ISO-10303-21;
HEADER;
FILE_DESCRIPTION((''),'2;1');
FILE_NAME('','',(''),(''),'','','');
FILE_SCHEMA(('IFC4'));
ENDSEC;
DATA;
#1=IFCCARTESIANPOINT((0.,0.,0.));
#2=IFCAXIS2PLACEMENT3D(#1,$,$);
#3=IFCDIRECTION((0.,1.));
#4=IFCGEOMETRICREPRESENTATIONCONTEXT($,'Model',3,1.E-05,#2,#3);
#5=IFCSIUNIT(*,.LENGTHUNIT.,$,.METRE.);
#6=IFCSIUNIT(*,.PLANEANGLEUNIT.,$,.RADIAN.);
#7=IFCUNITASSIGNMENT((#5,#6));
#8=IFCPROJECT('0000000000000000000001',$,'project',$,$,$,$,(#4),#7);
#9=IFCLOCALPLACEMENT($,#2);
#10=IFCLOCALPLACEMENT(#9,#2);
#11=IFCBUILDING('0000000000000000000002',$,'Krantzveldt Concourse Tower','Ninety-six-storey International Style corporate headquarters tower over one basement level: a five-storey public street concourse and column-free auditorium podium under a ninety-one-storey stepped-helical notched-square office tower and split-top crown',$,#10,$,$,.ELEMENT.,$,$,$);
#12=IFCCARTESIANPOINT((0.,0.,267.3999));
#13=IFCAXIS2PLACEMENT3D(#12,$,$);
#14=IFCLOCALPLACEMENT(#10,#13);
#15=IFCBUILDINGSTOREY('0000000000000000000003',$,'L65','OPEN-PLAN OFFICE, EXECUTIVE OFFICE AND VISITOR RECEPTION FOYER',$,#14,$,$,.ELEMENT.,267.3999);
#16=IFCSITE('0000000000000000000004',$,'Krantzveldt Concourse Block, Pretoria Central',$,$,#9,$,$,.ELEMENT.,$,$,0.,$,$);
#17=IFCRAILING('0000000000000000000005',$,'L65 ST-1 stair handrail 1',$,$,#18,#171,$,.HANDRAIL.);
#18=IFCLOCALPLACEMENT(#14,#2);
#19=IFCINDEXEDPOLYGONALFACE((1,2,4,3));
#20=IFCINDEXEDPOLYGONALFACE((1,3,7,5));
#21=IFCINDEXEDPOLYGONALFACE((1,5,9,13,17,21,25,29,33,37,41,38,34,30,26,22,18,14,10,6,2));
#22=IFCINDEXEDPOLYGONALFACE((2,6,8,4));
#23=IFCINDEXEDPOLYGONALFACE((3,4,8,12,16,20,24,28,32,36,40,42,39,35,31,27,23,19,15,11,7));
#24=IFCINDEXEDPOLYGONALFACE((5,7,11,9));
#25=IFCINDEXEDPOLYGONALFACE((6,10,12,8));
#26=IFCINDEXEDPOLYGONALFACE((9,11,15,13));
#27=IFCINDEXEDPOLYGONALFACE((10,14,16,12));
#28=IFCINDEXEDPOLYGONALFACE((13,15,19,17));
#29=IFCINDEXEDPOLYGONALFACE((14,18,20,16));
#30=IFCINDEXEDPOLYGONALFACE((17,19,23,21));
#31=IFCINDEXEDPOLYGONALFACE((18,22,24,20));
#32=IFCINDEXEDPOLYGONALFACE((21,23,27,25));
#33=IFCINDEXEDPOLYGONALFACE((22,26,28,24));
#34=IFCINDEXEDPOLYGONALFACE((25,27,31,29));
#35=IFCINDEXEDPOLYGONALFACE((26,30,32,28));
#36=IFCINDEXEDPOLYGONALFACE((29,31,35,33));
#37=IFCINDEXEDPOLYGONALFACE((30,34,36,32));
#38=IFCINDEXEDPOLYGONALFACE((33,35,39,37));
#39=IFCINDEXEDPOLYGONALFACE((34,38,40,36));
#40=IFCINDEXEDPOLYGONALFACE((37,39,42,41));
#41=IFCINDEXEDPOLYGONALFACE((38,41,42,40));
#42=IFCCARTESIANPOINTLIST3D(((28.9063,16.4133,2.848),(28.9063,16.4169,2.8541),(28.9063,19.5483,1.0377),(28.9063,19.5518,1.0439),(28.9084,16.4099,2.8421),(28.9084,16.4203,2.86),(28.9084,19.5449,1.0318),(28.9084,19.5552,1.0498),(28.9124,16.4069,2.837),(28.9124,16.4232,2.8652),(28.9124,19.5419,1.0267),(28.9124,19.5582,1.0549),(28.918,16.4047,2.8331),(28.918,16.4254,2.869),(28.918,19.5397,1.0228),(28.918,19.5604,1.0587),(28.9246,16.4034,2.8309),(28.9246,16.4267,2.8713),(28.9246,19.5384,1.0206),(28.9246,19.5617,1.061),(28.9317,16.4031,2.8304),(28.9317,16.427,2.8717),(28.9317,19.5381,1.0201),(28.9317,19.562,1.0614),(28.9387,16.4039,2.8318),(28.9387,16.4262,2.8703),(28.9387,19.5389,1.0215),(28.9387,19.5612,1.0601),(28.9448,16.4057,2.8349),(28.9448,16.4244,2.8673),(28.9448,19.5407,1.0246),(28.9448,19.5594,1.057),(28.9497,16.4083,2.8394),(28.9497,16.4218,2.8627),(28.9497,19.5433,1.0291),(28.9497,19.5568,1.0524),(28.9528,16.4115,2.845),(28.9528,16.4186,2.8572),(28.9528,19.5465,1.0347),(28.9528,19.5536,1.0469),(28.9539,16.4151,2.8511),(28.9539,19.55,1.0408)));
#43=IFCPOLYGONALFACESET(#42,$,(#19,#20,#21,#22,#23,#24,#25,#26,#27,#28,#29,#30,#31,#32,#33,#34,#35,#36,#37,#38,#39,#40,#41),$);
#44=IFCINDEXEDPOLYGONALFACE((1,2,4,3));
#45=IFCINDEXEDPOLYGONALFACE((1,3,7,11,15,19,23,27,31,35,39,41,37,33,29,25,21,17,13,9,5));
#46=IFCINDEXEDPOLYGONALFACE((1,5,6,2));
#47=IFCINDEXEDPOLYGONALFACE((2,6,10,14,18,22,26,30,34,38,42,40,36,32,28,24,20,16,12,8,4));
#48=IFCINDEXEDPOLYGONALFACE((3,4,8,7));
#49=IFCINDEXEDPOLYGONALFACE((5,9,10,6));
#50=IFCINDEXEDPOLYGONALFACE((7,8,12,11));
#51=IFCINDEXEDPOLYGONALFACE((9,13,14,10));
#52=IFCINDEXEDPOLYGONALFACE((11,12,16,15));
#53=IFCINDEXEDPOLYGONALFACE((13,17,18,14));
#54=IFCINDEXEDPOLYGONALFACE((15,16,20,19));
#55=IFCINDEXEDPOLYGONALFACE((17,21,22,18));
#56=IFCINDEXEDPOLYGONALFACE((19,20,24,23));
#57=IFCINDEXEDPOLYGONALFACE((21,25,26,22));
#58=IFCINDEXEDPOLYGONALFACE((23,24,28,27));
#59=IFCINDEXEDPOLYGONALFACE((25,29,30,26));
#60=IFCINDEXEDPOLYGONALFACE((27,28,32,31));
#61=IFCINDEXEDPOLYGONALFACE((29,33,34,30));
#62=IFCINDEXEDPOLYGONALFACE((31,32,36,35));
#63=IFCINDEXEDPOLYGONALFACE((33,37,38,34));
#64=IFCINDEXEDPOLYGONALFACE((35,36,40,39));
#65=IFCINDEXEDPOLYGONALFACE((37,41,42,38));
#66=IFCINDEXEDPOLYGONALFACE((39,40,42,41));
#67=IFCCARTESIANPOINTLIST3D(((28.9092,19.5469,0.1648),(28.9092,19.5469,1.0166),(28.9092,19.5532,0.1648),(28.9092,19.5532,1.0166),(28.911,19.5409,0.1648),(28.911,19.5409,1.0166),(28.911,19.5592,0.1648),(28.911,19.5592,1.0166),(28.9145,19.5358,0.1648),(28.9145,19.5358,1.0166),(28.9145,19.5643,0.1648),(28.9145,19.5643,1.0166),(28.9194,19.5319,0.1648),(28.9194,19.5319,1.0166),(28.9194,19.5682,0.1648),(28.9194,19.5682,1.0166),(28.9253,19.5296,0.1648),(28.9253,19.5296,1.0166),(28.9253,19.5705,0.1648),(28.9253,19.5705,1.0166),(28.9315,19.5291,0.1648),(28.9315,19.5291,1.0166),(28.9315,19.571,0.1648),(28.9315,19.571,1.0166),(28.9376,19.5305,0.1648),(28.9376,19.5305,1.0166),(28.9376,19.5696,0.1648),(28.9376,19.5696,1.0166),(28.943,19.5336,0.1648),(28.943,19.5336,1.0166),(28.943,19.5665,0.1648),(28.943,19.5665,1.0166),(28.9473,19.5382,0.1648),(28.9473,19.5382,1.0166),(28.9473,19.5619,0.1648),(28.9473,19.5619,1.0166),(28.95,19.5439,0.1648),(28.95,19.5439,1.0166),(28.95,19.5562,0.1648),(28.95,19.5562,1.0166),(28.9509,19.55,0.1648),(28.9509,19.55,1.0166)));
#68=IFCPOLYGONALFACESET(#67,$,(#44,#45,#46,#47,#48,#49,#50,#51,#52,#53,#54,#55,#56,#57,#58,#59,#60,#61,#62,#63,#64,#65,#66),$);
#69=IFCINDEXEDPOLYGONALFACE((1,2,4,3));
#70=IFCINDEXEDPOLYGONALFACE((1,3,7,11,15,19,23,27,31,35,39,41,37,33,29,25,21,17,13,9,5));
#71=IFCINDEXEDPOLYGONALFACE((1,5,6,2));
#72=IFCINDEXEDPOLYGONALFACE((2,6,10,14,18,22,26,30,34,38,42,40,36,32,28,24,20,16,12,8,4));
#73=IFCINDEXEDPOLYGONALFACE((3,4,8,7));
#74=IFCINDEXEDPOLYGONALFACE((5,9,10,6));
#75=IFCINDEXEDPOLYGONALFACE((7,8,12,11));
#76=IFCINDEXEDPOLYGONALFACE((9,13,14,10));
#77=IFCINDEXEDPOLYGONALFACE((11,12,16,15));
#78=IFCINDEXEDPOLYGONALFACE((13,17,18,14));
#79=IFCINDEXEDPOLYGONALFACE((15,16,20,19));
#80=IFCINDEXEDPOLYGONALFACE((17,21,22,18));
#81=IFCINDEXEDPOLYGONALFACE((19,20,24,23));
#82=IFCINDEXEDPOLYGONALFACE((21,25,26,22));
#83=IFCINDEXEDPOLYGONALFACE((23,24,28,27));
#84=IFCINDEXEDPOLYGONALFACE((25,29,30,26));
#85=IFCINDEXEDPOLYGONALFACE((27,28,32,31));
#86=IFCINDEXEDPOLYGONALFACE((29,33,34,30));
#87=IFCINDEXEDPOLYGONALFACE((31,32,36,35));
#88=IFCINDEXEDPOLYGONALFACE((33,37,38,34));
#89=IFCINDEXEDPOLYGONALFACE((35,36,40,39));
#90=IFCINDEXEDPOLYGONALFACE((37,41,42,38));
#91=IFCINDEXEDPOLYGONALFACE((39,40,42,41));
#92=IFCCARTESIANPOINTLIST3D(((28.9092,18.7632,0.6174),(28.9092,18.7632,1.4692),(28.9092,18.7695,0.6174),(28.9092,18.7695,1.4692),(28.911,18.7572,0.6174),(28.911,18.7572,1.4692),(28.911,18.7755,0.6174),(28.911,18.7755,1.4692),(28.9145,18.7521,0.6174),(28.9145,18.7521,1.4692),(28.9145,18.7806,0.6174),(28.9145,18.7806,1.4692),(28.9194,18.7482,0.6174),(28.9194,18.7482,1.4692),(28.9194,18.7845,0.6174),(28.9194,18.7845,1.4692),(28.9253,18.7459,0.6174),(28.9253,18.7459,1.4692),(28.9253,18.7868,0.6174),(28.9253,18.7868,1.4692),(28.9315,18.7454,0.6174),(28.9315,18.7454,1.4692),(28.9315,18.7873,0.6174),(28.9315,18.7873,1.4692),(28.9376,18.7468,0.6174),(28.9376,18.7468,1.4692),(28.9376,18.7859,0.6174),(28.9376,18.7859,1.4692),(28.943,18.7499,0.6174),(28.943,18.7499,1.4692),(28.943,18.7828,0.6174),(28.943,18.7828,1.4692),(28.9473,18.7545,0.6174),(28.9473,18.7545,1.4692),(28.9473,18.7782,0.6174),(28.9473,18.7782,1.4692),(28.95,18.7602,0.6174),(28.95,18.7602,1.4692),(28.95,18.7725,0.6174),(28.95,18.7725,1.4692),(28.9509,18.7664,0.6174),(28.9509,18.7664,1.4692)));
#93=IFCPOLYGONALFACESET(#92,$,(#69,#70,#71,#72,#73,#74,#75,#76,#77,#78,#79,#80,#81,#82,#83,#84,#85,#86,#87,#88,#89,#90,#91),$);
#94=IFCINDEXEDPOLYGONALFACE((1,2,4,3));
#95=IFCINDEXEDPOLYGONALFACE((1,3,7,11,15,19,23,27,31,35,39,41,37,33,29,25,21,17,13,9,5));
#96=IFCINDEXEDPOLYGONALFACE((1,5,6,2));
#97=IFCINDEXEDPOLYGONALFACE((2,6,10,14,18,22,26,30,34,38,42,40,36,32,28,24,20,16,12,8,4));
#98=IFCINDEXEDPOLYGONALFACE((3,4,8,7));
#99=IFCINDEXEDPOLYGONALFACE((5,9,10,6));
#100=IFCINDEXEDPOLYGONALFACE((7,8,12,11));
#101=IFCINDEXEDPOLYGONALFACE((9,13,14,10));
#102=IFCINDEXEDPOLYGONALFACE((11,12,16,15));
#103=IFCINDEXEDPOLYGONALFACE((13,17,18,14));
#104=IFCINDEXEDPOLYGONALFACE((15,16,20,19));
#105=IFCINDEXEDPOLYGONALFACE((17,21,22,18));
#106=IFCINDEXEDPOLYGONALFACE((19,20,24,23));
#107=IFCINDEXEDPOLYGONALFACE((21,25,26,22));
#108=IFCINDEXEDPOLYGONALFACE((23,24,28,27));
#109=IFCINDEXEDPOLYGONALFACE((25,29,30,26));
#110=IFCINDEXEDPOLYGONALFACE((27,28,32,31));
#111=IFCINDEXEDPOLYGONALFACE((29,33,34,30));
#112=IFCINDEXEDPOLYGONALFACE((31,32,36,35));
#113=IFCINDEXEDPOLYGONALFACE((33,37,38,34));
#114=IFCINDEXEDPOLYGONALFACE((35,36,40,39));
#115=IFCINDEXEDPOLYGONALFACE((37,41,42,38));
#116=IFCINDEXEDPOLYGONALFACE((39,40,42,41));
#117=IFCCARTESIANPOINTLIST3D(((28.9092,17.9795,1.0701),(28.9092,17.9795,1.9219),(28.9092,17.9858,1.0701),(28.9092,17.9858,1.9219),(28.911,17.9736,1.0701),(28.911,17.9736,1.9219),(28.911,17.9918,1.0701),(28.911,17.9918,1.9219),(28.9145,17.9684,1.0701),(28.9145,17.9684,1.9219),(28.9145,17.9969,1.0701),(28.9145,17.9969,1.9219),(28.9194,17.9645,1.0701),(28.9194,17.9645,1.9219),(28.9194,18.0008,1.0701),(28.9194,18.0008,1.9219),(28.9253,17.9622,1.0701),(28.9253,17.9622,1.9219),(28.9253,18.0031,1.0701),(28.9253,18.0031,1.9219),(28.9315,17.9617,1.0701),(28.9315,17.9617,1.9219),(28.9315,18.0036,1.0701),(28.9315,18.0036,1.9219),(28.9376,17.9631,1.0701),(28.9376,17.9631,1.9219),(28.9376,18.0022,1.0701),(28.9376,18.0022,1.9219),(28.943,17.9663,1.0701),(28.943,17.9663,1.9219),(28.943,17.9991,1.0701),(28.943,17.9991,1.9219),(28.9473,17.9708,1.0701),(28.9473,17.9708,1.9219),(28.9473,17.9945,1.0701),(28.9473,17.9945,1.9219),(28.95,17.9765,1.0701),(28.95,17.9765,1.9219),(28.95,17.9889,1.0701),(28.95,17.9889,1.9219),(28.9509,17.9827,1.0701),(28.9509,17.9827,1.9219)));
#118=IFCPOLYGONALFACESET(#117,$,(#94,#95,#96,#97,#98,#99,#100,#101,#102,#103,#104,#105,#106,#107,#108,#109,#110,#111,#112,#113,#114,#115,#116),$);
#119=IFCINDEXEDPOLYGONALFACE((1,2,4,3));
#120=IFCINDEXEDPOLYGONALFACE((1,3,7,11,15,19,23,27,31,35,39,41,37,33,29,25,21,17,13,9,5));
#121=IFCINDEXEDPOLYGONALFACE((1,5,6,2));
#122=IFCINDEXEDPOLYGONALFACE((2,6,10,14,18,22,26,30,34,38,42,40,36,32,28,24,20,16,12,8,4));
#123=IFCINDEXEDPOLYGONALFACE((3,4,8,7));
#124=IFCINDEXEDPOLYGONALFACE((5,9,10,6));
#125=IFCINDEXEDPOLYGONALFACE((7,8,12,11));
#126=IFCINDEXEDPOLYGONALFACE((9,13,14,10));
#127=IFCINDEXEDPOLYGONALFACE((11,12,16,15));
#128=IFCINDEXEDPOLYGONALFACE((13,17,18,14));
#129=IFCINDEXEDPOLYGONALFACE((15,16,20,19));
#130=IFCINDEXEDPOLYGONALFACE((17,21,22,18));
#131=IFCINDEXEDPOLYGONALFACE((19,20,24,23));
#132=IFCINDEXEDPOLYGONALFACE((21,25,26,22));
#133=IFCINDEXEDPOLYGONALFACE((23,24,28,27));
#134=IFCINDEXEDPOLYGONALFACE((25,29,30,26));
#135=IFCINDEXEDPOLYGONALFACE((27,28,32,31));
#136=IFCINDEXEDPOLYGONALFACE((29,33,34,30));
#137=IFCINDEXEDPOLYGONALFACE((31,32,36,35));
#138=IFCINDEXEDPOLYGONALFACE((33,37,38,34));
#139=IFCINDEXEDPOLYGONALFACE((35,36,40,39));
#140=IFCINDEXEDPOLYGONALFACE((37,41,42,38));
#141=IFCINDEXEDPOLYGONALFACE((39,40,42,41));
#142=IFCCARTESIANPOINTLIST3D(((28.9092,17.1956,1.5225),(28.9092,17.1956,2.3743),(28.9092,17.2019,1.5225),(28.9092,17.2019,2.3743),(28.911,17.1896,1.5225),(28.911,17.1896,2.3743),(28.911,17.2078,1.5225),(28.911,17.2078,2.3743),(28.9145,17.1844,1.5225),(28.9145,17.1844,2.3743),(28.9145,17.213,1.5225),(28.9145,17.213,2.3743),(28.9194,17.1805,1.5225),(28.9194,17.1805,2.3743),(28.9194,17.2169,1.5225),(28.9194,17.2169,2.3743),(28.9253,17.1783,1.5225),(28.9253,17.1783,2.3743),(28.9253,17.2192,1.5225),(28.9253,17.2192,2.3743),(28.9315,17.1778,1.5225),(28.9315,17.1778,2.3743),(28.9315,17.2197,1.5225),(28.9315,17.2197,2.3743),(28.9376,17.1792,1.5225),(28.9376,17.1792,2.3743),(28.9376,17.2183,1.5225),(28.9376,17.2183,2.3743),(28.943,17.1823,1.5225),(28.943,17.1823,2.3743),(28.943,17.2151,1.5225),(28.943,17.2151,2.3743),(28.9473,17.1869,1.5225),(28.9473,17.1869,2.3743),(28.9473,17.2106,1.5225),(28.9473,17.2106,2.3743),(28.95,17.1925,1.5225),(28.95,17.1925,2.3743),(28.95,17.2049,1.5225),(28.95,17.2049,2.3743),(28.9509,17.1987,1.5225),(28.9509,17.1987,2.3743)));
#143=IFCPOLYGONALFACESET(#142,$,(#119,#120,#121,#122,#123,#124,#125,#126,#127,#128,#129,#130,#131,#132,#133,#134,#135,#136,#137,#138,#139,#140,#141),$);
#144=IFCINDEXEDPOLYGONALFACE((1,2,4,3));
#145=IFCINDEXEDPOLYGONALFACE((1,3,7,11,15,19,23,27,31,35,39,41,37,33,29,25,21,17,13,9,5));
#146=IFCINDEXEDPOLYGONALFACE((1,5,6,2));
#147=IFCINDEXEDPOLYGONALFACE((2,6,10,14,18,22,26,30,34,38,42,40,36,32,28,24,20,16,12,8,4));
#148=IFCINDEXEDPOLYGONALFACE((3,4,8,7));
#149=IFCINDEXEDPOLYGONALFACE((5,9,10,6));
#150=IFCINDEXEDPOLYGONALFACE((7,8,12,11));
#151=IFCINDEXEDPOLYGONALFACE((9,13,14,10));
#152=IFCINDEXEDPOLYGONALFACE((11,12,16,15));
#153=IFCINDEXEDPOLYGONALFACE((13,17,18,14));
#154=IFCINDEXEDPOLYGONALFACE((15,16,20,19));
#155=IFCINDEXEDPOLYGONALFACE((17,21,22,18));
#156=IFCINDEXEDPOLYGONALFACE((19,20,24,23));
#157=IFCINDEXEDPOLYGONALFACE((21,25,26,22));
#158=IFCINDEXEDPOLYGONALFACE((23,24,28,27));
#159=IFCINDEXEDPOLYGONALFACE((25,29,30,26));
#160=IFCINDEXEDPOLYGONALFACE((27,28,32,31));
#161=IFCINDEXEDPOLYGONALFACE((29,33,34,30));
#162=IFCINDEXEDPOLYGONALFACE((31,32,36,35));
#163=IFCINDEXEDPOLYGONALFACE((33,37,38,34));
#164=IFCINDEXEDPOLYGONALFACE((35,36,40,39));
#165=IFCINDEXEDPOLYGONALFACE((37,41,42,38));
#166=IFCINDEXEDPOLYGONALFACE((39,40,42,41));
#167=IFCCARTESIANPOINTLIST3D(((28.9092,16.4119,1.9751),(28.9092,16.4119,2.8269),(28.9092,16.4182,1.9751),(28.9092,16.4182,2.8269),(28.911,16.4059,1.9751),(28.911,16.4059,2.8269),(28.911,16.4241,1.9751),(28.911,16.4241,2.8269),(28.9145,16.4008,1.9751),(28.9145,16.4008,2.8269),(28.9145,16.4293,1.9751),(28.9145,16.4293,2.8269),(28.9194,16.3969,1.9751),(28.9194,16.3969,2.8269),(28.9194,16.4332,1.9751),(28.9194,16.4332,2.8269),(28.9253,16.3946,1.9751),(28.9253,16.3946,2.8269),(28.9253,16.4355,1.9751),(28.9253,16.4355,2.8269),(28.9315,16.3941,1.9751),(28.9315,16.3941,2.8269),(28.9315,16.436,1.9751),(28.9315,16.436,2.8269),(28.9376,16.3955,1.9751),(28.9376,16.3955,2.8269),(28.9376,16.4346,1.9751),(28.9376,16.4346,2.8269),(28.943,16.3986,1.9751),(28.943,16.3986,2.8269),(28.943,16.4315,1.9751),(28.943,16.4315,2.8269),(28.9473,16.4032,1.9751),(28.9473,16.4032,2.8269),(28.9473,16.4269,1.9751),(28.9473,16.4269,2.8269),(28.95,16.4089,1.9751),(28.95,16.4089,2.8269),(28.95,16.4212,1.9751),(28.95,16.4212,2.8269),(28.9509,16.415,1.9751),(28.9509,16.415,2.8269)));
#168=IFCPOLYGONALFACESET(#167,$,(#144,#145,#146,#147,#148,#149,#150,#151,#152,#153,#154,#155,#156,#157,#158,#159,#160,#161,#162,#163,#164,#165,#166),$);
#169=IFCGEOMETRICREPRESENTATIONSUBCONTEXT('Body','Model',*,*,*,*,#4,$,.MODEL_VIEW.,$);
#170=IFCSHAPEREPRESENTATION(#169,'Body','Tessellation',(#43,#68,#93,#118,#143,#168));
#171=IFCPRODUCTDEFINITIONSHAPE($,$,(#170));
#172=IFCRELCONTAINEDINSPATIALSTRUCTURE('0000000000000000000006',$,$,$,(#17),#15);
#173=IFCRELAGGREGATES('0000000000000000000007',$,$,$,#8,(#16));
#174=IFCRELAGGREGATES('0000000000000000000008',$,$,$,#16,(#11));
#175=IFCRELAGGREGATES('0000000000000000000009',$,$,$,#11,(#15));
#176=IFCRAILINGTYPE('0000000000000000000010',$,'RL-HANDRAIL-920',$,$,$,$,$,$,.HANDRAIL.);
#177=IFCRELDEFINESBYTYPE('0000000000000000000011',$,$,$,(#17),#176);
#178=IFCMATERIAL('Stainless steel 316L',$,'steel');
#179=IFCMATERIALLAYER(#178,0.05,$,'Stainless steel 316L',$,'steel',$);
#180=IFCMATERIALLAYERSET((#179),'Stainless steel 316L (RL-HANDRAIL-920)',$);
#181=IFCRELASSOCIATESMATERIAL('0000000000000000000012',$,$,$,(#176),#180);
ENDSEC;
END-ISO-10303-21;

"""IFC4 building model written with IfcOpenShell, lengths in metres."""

from ifc_helpers import new_model, si_unit, direction, frame, origin, origin_2d, place, context, subcontext, project, spatial, circle, extrude, material, layer, layer_set, type_object, element, save


model = new_model("IFC4")

# Units and contexts
model_context = context("Model", 3, precision=1e-05, world=origin(), true_north=direction((0.0, 1.0)))
body_context = subcontext(model_context, "Body", "Model", "MODEL_VIEW")
ifc_project = project(units=[si_unit("LENGTHUNIT", "METRE"), si_unit("PLANEANGLEUNIT", "RADIAN")], contexts=[model_context])

# Site, building, storey
site_placement = place(None, origin())
site = spatial("IfcSite", under=ifc_project, at=site_placement, Name="Krantzveldt Concourse Block, Pretoria Central", CompositionType="ELEMENT", RefElevation=0.0)
building_placement = place(site_placement, origin())
building = spatial("IfcBuilding", under=site, at=building_placement, Name="Krantzveldt Concourse Tower", Description="Ninety-six-storey International Style corporate headquarters tower over one basement level: a five-storey public street concourse and column-free auditorium podium under a ninety-one-storey stepped-helical notched-square office tower and split-top crown", CompositionType="ELEMENT")
storey_placement = place(building_placement, frame((0.0, 0.0, 267.3999)))
storey = spatial("IfcBuildingStorey", under=building, at=storey_placement, Name="L65", Description="OPEN-PLAN OFFICE, EXECUTIVE OFFICE AND VISITOR RECEPTION FOYER", CompositionType="ELEMENT", Elevation=267.3999)

# Railing
ifc_material_1 = material(Name="Stainless steel 316L", Category="steel")
ifc_layer_1 = layer(ifc_material_1, 0.05, Name="Stainless steel 316L", Category="steel")
ifc_layer_set_1 = layer_set([ifc_layer_1], Name="Stainless steel 316L (RL-HANDRAIL-920)")
railing_type_1 = type_object("IfcRailingType", Name="RL-HANDRAIL-920", PredefinedType="HANDRAIL", material=ifc_layer_set_1)
railing_1_placement = place(storey_placement, frame((28.9299, 19.55, 0.1648)))
element("IfcRailing", 1, at=railing_1_placement, inside=storey, type_object=railing_type_1, Name="L65 ST-1 stair handrail 1", PredefinedType="HANDRAIL", context=body_context, shape_type="SweptSolid", body=[
    extrude(circle(Radius=0.0239, at=origin_2d()), frame((0.0, 0.0, 0.876), z_axis=(0.0, -0.865989, 0.500063), x_axis=(1.0, 0.0, 0.0)), (0.0, 0.0, 1.0), 3.6201),
    extrude(circle(Radius=0.021, at=origin_2d()), origin(), (0.0, 0.0, 1.0), 0.8518),
    extrude(circle(Radius=0.021, at=origin_2d()), frame((0.0, -0.7837, 0.4526)), (0.0, 0.0, 1.0), 0.8518),
    extrude(circle(Radius=0.021, at=origin_2d()), frame((0.0, -1.5674, 0.9053)), (0.0, 0.0, 1.0), 0.8518),
    extrude(circle(Radius=0.021, at=origin_2d()), frame((0.0, -2.3513, 1.3577)), (0.0, 0.0, 1.0), 0.8518),
    extrude(circle(Radius=0.021, at=origin_2d()), frame((0.0, -3.135, 1.8103)), (0.0, 0.0, 1.0), 0.8518),
])

save(model, "model.ifc")
